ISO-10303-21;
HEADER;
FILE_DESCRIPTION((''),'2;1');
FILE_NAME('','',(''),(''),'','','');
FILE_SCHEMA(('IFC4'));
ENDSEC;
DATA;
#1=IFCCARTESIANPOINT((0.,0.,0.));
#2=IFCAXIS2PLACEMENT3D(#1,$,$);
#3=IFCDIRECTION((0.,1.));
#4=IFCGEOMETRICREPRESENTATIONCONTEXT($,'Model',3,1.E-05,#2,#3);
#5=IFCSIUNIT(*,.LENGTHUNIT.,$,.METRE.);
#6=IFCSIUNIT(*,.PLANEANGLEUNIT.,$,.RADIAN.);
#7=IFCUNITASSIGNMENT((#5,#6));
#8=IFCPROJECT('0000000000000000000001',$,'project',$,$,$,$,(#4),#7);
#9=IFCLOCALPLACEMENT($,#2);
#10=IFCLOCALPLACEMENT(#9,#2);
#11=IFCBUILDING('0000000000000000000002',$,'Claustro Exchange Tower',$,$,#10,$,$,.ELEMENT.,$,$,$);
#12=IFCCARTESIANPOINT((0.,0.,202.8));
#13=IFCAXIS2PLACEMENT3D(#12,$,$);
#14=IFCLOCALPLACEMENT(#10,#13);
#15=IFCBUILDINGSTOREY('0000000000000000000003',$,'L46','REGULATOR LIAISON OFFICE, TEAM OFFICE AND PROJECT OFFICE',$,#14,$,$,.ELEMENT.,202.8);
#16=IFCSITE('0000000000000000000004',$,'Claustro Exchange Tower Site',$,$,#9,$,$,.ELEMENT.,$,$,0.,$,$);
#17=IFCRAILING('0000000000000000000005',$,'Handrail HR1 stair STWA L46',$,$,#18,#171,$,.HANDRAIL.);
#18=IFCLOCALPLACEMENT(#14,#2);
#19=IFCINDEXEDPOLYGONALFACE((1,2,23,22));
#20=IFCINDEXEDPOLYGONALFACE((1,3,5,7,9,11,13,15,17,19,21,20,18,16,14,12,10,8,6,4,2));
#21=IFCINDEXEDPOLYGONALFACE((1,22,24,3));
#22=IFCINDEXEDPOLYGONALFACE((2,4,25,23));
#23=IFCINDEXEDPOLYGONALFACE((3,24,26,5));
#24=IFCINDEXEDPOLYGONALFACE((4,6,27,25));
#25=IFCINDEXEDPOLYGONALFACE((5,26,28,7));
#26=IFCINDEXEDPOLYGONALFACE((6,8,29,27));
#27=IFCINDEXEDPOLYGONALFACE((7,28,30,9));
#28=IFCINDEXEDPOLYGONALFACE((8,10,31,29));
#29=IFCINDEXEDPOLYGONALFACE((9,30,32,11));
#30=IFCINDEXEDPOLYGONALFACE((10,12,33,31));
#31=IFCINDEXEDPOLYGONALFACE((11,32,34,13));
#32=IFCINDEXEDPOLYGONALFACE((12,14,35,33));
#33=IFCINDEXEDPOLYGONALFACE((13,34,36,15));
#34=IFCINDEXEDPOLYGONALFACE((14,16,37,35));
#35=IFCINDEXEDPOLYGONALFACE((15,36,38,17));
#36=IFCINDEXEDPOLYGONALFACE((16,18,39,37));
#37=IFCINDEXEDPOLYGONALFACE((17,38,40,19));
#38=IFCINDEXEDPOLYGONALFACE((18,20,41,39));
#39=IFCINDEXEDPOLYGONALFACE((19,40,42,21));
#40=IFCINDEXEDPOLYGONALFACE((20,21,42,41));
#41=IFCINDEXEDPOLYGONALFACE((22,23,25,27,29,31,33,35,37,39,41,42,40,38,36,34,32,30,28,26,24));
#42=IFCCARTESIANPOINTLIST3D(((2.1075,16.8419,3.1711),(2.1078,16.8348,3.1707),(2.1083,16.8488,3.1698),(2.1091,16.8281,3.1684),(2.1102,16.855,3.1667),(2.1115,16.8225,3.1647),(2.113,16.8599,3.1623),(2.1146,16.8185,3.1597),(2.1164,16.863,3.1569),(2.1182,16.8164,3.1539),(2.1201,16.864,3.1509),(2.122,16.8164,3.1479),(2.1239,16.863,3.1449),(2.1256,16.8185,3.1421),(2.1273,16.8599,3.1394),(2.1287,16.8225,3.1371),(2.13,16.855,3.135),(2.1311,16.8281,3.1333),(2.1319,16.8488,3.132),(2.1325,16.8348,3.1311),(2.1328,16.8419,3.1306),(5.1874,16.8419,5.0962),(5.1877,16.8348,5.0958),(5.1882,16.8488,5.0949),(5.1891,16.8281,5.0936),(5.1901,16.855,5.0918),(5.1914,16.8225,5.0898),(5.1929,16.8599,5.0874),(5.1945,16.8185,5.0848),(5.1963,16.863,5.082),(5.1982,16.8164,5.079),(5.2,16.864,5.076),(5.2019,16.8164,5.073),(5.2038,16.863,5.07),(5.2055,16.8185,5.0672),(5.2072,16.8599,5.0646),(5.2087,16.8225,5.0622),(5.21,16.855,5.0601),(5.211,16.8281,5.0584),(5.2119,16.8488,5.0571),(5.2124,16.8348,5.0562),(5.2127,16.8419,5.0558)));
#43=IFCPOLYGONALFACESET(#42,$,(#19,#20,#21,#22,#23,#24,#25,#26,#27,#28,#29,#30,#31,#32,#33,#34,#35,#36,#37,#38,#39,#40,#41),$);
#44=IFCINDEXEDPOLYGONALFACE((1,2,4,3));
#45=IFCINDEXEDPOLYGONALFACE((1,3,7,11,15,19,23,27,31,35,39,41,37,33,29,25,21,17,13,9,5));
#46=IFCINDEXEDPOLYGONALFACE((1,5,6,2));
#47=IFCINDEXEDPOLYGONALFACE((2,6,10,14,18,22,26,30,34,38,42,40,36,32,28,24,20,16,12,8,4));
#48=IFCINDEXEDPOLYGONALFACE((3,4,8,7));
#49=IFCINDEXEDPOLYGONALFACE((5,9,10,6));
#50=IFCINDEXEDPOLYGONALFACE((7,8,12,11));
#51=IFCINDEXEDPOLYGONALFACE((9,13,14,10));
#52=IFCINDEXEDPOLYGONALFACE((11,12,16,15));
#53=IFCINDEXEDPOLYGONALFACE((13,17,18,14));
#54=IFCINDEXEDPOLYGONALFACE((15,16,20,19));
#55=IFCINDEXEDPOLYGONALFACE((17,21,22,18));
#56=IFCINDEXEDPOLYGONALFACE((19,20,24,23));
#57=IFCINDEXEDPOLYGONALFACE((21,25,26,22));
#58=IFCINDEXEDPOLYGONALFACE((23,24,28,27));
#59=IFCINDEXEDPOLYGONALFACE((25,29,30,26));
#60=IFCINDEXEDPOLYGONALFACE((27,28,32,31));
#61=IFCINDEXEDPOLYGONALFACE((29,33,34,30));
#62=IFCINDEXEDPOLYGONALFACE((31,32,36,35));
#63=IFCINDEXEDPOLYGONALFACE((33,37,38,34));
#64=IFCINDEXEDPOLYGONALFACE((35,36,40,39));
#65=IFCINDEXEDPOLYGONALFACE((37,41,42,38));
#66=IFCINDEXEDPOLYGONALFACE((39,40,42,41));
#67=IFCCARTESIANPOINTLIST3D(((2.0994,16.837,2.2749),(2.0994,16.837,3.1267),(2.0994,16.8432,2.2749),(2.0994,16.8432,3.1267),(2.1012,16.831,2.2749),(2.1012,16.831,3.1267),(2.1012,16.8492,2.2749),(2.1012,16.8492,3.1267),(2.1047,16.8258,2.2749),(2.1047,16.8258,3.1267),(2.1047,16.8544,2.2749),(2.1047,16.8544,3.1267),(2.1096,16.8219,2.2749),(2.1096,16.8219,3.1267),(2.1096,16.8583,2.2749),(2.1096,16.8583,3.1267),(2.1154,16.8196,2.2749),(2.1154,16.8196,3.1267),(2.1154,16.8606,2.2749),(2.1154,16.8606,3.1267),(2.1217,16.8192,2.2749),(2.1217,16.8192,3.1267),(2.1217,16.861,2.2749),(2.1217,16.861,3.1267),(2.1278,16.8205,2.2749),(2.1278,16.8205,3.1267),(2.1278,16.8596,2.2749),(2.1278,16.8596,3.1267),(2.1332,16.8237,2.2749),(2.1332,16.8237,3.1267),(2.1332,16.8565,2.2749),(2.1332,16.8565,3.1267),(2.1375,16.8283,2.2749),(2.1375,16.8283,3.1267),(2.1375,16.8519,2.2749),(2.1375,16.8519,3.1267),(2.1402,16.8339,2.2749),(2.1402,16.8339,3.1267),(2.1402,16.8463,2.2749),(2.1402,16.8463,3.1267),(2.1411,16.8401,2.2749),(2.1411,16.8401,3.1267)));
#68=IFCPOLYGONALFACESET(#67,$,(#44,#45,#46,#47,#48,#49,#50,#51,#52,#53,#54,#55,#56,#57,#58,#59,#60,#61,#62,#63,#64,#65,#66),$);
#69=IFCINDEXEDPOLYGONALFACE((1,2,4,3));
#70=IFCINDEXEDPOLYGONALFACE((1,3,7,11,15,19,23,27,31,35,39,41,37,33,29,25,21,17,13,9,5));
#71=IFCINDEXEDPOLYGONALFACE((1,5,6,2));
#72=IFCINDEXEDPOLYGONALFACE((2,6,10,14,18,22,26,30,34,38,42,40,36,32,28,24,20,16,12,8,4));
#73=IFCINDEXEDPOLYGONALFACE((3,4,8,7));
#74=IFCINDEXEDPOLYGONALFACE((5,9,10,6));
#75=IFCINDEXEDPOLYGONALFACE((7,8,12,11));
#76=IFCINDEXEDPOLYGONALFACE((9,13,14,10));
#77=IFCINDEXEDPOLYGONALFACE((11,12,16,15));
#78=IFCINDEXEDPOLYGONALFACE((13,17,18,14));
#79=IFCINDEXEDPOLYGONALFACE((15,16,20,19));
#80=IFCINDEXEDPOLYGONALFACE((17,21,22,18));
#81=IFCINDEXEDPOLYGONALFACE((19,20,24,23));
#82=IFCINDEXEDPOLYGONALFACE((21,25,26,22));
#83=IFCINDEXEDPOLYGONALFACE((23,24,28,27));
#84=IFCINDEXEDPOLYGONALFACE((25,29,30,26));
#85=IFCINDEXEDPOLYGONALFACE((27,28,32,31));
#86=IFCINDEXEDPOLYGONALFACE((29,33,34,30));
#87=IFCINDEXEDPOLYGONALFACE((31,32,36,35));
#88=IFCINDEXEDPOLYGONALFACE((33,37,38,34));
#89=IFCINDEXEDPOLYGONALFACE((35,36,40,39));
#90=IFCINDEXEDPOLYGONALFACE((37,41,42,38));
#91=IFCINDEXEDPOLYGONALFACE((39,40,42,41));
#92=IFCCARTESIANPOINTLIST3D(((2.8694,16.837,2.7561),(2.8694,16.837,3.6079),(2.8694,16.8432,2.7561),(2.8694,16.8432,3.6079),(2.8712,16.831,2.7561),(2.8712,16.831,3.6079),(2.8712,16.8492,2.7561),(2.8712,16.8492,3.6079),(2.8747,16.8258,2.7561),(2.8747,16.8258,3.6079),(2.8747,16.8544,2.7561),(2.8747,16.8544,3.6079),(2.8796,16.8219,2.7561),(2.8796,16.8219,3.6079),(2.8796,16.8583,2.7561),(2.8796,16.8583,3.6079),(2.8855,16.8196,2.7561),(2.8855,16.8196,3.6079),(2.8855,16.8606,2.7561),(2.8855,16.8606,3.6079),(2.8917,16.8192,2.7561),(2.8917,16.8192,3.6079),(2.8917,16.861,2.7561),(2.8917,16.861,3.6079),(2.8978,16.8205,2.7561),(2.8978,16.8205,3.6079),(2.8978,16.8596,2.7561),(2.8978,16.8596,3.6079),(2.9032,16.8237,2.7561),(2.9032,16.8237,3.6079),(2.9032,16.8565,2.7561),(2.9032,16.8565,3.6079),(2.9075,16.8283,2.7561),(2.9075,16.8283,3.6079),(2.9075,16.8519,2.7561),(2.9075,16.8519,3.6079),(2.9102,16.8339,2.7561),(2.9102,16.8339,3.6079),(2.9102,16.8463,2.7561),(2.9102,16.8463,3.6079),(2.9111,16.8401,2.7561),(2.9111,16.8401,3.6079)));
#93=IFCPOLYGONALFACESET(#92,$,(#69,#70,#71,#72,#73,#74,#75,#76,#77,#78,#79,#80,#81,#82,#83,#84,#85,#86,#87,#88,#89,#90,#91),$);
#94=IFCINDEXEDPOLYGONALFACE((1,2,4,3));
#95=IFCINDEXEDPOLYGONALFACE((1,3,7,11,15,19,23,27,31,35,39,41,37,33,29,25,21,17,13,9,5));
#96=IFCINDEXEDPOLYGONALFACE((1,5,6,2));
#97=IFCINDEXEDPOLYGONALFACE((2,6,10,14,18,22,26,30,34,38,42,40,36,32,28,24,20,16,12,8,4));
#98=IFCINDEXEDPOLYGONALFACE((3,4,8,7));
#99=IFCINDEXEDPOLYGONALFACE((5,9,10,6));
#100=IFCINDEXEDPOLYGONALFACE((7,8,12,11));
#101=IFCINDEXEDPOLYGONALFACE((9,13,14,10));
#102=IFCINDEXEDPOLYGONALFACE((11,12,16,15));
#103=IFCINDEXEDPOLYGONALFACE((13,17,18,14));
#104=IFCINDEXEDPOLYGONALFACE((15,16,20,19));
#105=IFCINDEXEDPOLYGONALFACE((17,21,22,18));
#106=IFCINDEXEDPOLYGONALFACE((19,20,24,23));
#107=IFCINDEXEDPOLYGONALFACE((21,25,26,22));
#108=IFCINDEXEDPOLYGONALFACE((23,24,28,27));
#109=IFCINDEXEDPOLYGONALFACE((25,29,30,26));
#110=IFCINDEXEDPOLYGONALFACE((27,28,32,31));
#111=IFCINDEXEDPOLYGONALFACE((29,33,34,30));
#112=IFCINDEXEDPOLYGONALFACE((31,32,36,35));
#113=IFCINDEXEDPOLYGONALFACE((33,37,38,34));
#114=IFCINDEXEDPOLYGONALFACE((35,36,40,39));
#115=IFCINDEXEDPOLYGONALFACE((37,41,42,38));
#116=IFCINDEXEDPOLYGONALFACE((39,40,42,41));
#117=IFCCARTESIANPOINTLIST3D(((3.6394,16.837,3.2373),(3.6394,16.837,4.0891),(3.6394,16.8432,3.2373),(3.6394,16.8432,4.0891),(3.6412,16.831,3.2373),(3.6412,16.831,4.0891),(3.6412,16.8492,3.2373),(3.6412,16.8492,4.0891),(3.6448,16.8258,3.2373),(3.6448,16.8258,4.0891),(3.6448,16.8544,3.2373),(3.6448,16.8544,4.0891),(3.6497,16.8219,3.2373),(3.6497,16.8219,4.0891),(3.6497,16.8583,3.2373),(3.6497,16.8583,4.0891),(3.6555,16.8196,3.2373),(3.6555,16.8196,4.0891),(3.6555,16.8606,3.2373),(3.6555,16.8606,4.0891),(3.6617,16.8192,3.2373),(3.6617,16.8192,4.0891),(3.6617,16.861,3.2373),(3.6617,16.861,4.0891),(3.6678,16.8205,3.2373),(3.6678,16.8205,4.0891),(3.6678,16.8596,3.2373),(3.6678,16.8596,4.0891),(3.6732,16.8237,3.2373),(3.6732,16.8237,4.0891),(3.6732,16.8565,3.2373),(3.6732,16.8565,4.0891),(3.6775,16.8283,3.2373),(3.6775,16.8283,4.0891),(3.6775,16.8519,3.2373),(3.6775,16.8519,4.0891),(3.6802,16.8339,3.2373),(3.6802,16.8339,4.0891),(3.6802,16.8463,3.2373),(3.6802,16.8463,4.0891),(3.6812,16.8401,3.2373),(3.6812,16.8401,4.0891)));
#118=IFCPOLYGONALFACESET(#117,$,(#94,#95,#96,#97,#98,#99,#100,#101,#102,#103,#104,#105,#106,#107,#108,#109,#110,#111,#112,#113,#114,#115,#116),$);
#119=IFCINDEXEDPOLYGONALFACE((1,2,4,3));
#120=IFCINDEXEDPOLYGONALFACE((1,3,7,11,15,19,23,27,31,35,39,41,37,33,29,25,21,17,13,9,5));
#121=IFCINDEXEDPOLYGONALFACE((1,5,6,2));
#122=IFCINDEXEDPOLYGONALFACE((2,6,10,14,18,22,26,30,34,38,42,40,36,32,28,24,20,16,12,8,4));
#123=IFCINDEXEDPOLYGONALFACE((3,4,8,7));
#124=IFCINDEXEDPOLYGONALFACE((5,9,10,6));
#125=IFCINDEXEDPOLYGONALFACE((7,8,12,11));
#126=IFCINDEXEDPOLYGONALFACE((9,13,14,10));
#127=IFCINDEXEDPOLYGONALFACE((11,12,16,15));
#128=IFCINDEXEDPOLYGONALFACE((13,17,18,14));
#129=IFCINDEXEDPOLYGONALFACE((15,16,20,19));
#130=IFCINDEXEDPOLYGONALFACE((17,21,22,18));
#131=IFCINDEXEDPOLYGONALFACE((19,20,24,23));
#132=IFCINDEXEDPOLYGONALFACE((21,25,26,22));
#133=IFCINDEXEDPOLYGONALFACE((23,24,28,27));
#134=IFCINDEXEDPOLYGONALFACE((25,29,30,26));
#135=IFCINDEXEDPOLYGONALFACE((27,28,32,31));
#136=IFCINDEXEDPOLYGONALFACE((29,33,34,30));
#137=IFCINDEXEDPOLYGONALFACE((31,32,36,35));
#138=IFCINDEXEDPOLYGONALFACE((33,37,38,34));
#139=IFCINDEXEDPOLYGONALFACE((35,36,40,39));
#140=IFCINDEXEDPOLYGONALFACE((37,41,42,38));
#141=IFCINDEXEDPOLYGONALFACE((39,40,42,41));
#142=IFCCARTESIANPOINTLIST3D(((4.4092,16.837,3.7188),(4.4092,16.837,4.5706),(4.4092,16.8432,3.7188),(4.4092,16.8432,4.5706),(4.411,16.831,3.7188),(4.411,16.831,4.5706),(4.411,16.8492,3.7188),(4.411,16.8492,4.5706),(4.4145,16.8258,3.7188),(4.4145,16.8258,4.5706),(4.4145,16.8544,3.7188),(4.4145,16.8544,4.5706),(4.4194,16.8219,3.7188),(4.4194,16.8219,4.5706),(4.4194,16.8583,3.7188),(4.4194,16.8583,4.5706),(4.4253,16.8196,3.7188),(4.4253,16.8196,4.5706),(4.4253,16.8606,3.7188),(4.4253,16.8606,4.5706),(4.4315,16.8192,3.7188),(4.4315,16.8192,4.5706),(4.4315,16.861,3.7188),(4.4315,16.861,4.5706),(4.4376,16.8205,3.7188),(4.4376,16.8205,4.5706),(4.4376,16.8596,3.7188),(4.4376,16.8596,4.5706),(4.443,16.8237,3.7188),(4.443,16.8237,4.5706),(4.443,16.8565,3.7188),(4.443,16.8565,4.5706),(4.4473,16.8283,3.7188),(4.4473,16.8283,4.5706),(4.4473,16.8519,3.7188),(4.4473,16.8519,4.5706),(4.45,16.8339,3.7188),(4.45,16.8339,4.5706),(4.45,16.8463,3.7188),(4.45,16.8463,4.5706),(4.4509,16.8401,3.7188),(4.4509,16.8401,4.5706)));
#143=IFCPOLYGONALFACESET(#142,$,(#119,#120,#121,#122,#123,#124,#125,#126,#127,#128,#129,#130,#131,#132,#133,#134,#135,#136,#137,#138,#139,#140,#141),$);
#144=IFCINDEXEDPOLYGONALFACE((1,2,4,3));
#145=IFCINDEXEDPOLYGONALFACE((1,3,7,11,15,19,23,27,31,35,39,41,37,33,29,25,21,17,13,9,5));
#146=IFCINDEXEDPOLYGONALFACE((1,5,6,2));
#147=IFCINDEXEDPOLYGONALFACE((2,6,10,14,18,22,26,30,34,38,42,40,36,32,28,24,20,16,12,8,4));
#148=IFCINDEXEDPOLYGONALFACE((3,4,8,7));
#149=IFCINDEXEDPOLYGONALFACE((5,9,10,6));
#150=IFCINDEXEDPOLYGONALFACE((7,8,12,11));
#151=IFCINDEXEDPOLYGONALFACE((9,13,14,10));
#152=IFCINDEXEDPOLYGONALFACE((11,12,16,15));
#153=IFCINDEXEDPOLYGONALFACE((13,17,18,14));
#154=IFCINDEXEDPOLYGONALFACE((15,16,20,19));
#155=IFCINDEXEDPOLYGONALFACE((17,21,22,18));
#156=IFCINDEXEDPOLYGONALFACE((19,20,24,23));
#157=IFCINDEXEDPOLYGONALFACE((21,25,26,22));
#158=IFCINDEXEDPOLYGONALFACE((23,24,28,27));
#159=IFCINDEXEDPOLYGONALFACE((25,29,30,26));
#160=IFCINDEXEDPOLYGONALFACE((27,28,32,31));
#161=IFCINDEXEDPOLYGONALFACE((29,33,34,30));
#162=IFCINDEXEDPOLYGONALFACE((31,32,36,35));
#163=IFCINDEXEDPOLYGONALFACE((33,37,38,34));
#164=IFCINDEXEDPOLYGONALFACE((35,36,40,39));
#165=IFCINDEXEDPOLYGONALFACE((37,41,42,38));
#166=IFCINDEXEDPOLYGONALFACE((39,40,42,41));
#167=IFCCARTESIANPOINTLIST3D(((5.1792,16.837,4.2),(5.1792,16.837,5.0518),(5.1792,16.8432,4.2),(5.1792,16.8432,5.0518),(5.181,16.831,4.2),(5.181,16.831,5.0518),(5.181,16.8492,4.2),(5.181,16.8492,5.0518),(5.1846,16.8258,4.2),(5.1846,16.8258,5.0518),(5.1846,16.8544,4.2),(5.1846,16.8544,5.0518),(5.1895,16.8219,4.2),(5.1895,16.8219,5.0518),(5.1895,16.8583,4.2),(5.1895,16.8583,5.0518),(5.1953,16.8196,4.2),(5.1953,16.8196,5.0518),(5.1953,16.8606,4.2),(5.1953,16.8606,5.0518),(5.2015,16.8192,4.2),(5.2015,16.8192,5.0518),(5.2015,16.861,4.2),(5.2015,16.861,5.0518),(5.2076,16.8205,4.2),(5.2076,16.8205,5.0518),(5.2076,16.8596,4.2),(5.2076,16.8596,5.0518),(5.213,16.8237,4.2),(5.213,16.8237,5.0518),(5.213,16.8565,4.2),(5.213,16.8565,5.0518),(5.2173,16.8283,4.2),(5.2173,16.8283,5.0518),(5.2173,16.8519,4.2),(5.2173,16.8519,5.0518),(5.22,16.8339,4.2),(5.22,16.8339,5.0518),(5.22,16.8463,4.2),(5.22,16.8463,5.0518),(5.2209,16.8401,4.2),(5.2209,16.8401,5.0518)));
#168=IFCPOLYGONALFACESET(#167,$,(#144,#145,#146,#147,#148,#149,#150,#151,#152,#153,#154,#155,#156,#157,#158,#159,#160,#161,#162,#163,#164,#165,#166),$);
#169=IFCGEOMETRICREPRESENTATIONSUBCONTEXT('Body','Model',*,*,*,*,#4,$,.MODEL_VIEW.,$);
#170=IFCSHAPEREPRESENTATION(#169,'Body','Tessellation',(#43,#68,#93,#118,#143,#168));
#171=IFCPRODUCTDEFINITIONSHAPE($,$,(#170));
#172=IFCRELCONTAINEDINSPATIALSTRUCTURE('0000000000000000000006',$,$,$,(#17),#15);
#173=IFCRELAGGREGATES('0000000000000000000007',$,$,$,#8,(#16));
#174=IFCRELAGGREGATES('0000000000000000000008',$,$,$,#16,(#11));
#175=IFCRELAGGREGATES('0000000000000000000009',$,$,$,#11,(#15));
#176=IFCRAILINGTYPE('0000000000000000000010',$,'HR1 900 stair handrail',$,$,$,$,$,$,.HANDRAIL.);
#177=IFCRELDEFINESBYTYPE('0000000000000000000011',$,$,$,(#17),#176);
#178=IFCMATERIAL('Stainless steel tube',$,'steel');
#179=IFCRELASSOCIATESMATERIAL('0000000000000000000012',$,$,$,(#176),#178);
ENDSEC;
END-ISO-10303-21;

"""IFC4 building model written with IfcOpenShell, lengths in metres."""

from ifc_helpers import new_model, si_unit, direction, frame, origin, origin_2d, place, context, subcontext, project, spatial, circle, extrude, material, type_object, element, save


model = new_model("IFC4")

# Units and contexts
model_context = context("Model", 3, precision=1e-05, world=origin(), true_north=direction((0.0, 1.0)))
body_context = subcontext(model_context, "Body", "Model", "MODEL_VIEW")
ifc_project = project(units=[si_unit("LENGTHUNIT", "METRE"), si_unit("PLANEANGLEUNIT", "RADIAN")], contexts=[model_context])

# Site, building, storey
site_placement = place(None, origin())
site = spatial("IfcSite", under=ifc_project, at=site_placement, Name="Claustro Exchange Tower Site", CompositionType="ELEMENT", RefElevation=0.0)
building_placement = place(site_placement, origin())
building = spatial("IfcBuilding", under=site, at=building_placement, Name="Claustro Exchange Tower", CompositionType="ELEMENT")
storey_placement = place(building_placement, frame((0.0, 0.0, 202.8)))
storey = spatial("IfcBuildingStorey", under=building, at=storey_placement, Name="L46", Description="REGULATOR LIAISON OFFICE, TEAM OFFICE AND PROJECT OFFICE", CompositionType="ELEMENT", Elevation=202.8)

# Railing
ifc_material_1 = material(Name="Stainless steel tube", Category="steel")
railing_type_1 = type_object("IfcRailingType", Name="HR1 900 stair handrail", PredefinedType="HANDRAIL", material=ifc_material_1)
railing_1_placement = place(storey_placement, frame((2.1201, 16.8401, 2.2749)))
element("IfcRailing", 1, at=railing_1_placement, inside=storey, type_object=railing_type_1, Name="Handrail HR1 stair STWA L46", PredefinedType="HANDRAIL", context=body_context, shape_type="SweptSolid", body=[
    extrude(circle(Radius=0.0239, at=origin_2d()), frame((0.0, 0.0, 0.876), z_axis=(0.847979, 0.0, 0.530029), x_axis=(0.0, 1.0, 0.0)), (0.0, 0.0, 1.0), 3.6321),
    extrude(circle(Radius=0.021, at=origin_2d()), origin(), (0.0, 0.0, 1.0), 0.8518),
    extrude(circle(Radius=0.021, at=origin_2d()), frame((0.77, 0.0, 0.4812)), (0.0, 0.0, 1.0), 0.8518),
    extrude(circle(Radius=0.021, at=origin_2d()), frame((1.54, 0.0, 0.9624)), (0.0, 0.0, 1.0), 0.8518),
    extrude(circle(Radius=0.021, at=origin_2d()), frame((2.3098, 0.0, 1.4438)), (0.0, 0.0, 1.0), 0.8518),
    extrude(circle(Radius=0.021, at=origin_2d()), frame((3.0798, 0.0, 1.925)), (0.0, 0.0, 1.0), 0.8518),
])

save(model, "model.ifc")
